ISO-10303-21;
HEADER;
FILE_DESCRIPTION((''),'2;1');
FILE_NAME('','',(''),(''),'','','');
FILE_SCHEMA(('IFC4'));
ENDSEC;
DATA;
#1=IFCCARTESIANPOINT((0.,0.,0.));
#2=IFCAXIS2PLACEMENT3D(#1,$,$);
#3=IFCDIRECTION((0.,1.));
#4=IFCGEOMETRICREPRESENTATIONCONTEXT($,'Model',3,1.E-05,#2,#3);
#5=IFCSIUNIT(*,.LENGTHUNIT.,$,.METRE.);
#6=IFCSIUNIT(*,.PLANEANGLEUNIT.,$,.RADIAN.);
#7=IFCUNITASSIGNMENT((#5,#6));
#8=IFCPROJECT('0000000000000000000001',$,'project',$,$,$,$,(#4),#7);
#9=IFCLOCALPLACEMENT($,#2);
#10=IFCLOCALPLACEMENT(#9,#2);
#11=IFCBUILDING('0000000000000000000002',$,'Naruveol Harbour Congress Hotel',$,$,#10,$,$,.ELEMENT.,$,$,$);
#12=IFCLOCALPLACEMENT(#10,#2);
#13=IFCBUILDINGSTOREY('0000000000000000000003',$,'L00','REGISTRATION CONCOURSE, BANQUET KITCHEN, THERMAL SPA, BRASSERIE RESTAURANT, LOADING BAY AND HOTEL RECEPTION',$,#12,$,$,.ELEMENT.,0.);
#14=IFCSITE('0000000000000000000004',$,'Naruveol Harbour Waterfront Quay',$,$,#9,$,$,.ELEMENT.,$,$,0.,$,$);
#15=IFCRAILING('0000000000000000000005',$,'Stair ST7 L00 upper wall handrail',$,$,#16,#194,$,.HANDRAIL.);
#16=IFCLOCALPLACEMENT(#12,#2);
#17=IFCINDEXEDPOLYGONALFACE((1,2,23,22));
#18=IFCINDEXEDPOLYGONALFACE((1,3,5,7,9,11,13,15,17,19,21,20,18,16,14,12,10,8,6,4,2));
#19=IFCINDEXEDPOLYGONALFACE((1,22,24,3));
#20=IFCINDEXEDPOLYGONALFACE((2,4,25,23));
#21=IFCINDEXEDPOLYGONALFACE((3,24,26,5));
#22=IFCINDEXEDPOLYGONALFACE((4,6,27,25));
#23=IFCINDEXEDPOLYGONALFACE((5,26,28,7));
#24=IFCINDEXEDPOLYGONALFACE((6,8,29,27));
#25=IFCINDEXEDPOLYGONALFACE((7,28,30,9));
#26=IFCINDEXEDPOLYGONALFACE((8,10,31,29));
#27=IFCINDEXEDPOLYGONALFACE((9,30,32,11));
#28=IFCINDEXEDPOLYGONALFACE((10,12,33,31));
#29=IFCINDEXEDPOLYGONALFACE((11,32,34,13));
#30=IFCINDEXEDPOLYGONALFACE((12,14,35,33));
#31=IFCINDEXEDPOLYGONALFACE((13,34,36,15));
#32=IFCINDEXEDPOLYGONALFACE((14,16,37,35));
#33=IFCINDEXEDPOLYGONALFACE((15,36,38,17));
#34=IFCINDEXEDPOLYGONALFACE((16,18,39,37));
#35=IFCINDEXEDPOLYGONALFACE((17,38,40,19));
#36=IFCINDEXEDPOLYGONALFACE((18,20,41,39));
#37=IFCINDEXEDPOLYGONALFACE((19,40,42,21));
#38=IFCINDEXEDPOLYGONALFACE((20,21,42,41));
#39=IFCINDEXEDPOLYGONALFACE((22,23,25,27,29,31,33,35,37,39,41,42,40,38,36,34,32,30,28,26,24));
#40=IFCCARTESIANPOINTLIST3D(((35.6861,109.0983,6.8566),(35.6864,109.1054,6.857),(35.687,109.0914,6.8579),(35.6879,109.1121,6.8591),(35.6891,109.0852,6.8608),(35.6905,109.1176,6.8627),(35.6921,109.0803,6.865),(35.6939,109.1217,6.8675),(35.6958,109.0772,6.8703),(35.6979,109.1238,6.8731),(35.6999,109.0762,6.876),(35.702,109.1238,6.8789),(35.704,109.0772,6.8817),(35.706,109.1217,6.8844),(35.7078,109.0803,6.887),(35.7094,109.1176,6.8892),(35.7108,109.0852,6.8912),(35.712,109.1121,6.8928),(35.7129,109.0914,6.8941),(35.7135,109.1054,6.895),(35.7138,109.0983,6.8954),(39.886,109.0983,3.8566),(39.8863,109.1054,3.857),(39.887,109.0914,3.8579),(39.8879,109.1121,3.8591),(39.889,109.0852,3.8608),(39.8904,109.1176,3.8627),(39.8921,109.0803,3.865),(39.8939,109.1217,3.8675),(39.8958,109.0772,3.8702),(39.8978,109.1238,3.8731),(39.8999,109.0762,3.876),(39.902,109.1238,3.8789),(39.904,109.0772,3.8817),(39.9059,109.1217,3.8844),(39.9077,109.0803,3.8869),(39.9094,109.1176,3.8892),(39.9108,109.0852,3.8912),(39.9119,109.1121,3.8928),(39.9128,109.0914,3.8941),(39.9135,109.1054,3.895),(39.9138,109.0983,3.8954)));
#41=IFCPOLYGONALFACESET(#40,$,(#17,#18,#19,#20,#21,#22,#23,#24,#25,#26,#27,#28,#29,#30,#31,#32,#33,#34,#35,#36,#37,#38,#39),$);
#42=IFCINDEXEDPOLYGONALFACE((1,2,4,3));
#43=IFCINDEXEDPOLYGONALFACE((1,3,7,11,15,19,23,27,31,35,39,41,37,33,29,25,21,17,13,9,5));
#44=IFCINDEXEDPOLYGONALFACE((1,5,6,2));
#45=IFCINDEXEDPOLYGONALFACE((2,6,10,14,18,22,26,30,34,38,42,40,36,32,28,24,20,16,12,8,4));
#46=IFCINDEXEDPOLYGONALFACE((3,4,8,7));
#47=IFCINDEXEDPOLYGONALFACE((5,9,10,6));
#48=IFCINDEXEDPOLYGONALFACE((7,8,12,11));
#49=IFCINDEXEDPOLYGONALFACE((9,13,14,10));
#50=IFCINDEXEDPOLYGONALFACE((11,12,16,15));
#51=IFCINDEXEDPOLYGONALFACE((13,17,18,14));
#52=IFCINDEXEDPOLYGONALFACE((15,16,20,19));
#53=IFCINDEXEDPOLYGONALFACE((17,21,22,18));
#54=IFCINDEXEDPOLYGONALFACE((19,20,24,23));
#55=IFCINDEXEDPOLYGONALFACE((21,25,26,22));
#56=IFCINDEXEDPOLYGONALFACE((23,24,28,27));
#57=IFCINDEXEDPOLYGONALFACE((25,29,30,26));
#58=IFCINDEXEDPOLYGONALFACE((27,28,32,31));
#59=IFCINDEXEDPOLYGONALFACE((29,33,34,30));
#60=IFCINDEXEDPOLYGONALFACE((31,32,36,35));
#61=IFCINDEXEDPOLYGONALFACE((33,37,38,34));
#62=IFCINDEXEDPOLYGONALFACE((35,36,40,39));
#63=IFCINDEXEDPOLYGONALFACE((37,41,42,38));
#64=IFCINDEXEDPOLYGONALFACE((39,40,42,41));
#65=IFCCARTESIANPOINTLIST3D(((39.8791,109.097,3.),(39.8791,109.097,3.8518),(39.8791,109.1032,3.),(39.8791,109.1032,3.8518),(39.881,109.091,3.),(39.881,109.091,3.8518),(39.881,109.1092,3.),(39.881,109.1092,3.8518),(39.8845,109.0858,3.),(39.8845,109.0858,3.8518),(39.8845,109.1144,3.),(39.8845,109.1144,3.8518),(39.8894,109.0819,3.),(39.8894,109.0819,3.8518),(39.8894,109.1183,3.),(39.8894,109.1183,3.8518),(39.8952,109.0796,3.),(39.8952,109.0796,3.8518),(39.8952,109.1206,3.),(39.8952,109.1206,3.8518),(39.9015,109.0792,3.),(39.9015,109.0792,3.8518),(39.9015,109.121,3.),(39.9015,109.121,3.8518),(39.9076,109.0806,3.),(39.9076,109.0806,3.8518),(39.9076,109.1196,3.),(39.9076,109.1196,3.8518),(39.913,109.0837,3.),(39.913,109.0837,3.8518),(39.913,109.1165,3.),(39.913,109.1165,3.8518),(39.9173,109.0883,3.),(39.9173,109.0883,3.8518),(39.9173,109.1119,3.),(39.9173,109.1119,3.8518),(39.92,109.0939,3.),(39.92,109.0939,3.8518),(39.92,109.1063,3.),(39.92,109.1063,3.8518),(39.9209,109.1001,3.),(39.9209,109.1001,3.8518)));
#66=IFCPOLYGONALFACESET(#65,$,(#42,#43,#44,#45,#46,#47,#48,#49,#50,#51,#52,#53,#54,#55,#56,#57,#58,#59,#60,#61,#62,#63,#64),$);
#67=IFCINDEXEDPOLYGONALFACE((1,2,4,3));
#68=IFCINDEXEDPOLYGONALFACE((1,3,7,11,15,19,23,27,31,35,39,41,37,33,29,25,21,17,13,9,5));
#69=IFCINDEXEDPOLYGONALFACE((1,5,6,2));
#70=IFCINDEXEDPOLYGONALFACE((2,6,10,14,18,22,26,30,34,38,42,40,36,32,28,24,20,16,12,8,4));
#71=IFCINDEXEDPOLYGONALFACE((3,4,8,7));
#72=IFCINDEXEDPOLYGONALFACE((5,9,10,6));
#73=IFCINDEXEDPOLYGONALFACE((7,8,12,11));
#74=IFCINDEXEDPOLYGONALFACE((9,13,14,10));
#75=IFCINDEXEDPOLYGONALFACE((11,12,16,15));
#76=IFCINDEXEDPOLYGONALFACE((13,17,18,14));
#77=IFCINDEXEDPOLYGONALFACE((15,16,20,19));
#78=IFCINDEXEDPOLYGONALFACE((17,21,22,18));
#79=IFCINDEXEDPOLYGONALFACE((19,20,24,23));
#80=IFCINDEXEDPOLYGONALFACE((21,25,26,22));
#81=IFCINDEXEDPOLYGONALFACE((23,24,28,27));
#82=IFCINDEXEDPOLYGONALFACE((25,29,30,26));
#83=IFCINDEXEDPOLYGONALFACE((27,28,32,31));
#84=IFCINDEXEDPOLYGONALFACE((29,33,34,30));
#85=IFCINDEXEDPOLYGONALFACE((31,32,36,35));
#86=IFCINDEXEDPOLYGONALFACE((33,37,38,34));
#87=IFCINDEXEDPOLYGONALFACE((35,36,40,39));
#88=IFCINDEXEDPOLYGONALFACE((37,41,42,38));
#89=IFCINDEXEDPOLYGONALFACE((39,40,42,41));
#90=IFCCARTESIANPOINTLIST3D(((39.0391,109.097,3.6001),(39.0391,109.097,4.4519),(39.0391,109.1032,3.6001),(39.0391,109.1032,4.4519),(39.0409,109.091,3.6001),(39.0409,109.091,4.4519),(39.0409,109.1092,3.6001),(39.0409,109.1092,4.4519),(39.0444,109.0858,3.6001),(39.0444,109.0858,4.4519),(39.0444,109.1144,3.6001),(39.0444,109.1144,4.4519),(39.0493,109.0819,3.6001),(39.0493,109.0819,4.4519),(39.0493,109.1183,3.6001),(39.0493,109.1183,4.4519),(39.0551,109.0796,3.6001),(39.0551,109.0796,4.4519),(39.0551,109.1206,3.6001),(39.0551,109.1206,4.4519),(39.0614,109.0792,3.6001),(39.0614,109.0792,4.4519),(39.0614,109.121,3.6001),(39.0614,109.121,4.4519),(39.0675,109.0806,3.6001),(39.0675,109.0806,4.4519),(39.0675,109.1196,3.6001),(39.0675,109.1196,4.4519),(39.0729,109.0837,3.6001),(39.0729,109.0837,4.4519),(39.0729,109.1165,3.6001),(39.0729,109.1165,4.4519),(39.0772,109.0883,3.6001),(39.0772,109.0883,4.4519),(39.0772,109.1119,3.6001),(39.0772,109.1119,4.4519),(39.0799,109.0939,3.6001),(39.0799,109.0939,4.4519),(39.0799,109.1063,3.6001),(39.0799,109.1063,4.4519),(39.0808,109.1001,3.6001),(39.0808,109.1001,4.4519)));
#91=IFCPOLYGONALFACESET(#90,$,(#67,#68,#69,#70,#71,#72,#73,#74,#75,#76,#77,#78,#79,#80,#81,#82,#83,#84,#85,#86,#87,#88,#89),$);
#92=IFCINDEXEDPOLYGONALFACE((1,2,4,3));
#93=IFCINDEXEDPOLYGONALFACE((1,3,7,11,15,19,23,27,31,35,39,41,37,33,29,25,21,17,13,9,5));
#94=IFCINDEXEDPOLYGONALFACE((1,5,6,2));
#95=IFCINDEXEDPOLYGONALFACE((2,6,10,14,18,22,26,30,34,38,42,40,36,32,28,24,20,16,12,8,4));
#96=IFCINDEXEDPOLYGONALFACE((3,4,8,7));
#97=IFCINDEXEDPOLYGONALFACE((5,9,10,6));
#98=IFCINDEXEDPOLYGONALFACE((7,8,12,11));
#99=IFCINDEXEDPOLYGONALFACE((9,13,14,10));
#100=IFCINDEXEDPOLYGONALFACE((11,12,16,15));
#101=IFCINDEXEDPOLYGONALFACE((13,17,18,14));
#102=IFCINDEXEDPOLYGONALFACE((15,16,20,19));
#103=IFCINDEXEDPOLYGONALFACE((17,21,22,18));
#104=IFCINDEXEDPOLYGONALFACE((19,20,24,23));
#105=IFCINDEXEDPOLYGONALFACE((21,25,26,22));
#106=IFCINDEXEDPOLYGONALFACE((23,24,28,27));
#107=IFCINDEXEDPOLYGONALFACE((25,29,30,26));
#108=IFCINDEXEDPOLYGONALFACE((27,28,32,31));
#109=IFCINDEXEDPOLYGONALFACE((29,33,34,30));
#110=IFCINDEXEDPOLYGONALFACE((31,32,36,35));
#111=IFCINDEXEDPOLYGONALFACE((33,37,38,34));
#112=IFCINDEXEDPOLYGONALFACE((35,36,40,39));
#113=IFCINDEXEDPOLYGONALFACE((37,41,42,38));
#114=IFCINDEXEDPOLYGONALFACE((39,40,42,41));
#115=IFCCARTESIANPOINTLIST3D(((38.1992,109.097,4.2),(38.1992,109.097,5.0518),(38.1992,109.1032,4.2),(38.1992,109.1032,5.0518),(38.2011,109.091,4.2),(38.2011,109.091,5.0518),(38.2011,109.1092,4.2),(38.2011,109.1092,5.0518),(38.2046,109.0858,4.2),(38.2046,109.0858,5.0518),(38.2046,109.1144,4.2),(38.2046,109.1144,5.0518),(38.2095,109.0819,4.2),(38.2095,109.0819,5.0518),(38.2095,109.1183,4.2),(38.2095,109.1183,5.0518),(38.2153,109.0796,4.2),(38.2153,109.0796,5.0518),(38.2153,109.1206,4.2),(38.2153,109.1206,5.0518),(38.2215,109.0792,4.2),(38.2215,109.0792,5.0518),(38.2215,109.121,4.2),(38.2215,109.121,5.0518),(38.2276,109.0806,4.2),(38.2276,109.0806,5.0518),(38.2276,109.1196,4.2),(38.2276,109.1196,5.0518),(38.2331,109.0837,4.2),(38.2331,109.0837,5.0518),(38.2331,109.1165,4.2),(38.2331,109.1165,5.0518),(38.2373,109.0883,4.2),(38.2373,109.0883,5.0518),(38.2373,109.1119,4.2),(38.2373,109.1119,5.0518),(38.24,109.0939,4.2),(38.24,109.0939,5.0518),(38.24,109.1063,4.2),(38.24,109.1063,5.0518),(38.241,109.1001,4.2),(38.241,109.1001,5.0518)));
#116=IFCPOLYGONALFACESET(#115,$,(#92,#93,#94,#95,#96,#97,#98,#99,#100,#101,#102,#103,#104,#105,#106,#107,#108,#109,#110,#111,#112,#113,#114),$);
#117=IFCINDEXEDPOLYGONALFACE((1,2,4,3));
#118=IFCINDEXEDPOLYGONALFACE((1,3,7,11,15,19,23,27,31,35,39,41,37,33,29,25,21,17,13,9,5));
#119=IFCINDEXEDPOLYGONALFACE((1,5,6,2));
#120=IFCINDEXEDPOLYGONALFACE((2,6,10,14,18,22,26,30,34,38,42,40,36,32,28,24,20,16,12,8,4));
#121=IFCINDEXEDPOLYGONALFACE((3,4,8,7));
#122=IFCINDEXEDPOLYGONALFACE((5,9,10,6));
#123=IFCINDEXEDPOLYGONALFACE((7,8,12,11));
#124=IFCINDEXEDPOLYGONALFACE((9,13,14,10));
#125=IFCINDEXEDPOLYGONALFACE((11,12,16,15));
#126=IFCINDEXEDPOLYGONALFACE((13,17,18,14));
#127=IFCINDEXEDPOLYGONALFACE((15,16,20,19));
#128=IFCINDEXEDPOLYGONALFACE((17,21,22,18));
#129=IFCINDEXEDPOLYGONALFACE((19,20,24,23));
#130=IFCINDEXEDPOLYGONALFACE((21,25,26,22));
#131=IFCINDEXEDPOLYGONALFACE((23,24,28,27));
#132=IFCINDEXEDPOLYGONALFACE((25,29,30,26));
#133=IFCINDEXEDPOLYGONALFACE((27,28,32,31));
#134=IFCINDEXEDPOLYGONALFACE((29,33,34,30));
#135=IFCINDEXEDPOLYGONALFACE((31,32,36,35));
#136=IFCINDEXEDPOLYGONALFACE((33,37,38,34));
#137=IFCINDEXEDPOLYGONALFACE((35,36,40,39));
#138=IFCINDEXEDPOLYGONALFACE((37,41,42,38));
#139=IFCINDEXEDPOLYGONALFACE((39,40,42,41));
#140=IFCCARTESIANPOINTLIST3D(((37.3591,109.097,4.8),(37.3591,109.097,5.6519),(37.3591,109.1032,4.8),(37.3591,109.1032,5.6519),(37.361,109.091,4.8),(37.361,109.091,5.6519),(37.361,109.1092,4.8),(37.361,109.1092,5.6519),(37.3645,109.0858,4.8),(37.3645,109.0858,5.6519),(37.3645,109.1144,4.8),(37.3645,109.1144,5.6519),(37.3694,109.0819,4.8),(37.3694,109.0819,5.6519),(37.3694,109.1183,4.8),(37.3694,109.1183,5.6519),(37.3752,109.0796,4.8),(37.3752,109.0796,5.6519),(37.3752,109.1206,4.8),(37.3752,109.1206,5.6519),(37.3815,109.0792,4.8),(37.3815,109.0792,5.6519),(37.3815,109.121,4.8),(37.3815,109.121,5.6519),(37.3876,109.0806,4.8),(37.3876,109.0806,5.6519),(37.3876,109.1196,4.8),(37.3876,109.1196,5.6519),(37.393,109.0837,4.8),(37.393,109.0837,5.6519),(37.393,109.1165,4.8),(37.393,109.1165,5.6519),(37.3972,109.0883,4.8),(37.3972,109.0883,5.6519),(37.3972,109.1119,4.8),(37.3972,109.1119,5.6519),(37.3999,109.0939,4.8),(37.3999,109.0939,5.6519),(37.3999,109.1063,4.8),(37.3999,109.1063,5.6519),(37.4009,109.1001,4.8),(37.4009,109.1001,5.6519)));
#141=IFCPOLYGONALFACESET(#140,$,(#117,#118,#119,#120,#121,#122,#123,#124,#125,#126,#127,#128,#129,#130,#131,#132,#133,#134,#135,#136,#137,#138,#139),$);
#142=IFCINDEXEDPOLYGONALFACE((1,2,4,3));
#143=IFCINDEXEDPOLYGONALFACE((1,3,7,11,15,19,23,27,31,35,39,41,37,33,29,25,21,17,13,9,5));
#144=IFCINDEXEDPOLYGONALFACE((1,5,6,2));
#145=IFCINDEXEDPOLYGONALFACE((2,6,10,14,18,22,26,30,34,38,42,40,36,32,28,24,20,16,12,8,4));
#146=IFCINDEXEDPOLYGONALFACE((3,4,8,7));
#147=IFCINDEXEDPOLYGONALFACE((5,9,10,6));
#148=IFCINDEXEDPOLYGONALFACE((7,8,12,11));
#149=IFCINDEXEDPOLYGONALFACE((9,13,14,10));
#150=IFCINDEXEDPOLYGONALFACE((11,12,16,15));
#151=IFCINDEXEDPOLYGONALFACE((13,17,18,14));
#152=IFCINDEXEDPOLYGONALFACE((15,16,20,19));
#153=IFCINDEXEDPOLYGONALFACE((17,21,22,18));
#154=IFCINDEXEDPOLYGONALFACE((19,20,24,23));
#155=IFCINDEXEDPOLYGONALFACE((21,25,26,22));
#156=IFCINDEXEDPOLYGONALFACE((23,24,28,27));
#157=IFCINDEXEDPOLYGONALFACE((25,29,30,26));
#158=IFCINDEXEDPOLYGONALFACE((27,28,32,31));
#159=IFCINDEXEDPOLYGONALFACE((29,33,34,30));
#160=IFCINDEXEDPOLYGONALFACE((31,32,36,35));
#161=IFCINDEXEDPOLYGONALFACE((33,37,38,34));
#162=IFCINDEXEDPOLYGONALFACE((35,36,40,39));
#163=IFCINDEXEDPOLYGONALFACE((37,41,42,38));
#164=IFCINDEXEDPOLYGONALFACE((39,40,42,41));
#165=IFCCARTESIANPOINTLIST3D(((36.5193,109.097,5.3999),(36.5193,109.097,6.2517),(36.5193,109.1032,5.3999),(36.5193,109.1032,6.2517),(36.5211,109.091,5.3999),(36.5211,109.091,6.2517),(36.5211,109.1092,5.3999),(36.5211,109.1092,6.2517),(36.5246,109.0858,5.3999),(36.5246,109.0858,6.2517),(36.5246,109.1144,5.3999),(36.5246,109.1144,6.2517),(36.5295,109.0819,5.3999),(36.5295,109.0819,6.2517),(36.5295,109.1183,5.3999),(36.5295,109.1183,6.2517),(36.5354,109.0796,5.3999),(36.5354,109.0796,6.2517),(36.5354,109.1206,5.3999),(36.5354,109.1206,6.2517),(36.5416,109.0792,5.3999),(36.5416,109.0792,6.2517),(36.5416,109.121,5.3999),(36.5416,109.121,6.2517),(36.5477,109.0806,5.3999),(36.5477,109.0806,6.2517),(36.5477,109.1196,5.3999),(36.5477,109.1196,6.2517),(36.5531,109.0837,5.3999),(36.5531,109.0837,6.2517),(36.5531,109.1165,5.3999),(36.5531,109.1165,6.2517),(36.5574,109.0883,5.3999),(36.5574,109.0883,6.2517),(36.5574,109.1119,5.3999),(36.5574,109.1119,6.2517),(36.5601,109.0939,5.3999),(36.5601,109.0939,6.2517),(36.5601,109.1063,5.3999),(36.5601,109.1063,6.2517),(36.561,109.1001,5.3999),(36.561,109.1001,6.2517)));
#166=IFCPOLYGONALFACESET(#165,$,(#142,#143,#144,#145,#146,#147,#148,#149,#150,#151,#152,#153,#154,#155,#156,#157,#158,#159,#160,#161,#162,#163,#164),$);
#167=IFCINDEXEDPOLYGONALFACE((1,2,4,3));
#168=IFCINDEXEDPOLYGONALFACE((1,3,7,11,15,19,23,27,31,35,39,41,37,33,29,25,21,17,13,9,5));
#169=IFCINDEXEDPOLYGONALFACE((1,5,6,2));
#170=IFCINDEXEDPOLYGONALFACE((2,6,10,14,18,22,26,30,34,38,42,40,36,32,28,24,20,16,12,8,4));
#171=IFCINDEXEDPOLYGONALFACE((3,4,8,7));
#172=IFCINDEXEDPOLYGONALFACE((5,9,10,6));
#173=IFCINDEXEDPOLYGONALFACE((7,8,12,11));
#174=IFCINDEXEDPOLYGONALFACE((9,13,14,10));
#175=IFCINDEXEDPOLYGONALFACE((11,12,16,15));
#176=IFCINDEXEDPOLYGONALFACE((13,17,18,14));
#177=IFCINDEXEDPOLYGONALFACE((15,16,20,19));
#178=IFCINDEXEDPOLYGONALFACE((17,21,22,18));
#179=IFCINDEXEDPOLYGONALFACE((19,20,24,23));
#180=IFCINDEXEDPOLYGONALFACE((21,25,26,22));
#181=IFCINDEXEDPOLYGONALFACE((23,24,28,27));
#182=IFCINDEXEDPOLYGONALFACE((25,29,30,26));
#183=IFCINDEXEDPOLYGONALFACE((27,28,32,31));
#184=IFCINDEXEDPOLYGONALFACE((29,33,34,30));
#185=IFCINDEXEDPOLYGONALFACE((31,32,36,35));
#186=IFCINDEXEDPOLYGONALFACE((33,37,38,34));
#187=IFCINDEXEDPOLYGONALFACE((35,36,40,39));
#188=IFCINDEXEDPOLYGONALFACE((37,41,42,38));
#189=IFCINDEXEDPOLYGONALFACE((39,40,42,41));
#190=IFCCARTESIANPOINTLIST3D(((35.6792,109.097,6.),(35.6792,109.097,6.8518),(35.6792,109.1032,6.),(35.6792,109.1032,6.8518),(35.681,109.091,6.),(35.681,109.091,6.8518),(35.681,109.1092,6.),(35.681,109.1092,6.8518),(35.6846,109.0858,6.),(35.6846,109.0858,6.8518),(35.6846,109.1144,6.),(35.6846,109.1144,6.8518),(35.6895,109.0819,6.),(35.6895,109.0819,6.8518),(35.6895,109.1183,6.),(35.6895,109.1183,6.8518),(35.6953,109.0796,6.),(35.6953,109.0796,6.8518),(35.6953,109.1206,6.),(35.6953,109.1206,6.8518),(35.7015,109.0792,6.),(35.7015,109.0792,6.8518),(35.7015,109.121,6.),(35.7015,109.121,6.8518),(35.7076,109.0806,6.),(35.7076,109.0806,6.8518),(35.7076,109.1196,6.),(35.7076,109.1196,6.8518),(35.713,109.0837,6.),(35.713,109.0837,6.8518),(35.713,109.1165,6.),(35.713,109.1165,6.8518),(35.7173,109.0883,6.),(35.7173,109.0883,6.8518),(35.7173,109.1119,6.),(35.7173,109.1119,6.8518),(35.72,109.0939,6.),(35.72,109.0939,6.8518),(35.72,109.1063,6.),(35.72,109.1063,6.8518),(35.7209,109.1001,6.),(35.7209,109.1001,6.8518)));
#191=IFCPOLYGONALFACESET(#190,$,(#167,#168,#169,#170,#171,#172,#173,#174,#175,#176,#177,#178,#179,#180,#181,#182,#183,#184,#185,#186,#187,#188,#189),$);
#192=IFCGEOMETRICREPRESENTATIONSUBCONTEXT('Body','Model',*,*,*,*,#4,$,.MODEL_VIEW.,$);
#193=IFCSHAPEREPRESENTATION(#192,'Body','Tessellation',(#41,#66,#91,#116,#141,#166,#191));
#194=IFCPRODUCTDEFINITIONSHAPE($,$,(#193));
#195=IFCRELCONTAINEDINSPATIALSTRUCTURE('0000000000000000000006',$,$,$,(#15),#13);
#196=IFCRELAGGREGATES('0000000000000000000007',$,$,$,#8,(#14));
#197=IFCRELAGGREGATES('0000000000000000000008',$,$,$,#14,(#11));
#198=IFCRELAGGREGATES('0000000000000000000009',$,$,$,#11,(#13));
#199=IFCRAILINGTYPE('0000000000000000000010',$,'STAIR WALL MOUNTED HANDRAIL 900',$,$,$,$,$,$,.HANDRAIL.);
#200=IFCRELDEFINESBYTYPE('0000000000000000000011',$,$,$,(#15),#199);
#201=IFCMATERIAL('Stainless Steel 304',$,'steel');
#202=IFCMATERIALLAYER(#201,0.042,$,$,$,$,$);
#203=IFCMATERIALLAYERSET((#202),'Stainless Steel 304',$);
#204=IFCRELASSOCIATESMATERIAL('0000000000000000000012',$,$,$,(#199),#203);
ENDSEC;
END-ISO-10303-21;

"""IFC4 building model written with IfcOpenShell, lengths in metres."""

from ifc_helpers import new_model, si_unit, direction, frame, origin, origin_2d, place, context, subcontext, project, spatial, circle, extrude, material, layer, layer_set, type_object, element, save


model = new_model("IFC4")

# Units and contexts
model_context = context("Model", 3, precision=1e-05, world=origin(), true_north=direction((0.0, 1.0)))
body_context = subcontext(model_context, "Body", "Model", "MODEL_VIEW")
ifc_project = project(units=[si_unit("LENGTHUNIT", "METRE"), si_unit("PLANEANGLEUNIT", "RADIAN")], contexts=[model_context])

# Site, building, storey
site_placement = place(None, origin())
site = spatial("IfcSite", under=ifc_project, at=site_placement, Name="Naruveol Harbour Waterfront Quay", CompositionType="ELEMENT", RefElevation=0.0)
building_placement = place(site_placement, origin())
building = spatial("IfcBuilding", under=site, at=building_placement, Name="Naruveol Harbour Congress Hotel", CompositionType="ELEMENT")
storey_placement = place(building_placement, origin())
storey = spatial("IfcBuildingStorey", under=building, at=storey_placement, Name="L00", Description="REGISTRATION CONCOURSE, BANQUET KITCHEN, THERMAL SPA, BRASSERIE RESTAURANT, LOADING BAY AND HOTEL RECEPTION", CompositionType="ELEMENT", Elevation=0.0)

# Railing
ifc_material_1 = material(Name="Stainless Steel 304", Category="steel")
ifc_layer_1 = layer(ifc_material_1, 0.042)
ifc_layer_set_1 = layer_set([ifc_layer_1], Name="Stainless Steel 304")
railing_type_1 = type_object("IfcRailingType", Name="STAIR WALL MOUNTED HANDRAIL 900", PredefinedType="HANDRAIL", material=ifc_layer_set_1)
railing_1_placement = place(storey_placement, frame((39.8999, 109.1001, 3.0)))
element("IfcRailing", 1, at=railing_1_placement, inside=storey, type_object=railing_type_1, Name="Stair ST7 L00 upper wall handrail", PredefinedType="HANDRAIL", context=body_context, shape_type="SweptSolid", body=[
    extrude(circle(Radius=0.0239, at=origin_2d()), frame((0.0, 0.0, 0.876), z_axis=(-0.81373, 0.0, 0.581243), x_axis=(0.0, -1.0, 0.0)), (0.0, 0.0, 1.0), 5.1614),
    extrude(circle(Radius=0.021, at=origin_2d()), origin(), (0.0, 0.0, 1.0), 0.8518),
    extrude(circle(Radius=0.021, at=origin_2d()), frame((-0.8401, 0.0, 0.6001)), (0.0, 0.0, 1.0), 0.8518),
    extrude(circle(Radius=0.021, at=origin_2d()), frame((-1.6799, 0.0, 1.2)), (0.0, 0.0, 1.0), 0.8518),
    extrude(circle(Radius=0.021, at=origin_2d()), frame((-2.52, 0.0, 1.8)), (0.0, 0.0, 1.0), 0.8518),
    extrude(circle(Radius=0.021, at=origin_2d()), frame((-3.3599, 0.0, 2.3999)), (0.0, 0.0, 1.0), 0.8518),
    extrude(circle(Radius=0.021, at=origin_2d()), frame((-4.2, 0.0, 3.0)), (0.0, 0.0, 1.0), 0.8518),
])

save(model, "model.ifc")
